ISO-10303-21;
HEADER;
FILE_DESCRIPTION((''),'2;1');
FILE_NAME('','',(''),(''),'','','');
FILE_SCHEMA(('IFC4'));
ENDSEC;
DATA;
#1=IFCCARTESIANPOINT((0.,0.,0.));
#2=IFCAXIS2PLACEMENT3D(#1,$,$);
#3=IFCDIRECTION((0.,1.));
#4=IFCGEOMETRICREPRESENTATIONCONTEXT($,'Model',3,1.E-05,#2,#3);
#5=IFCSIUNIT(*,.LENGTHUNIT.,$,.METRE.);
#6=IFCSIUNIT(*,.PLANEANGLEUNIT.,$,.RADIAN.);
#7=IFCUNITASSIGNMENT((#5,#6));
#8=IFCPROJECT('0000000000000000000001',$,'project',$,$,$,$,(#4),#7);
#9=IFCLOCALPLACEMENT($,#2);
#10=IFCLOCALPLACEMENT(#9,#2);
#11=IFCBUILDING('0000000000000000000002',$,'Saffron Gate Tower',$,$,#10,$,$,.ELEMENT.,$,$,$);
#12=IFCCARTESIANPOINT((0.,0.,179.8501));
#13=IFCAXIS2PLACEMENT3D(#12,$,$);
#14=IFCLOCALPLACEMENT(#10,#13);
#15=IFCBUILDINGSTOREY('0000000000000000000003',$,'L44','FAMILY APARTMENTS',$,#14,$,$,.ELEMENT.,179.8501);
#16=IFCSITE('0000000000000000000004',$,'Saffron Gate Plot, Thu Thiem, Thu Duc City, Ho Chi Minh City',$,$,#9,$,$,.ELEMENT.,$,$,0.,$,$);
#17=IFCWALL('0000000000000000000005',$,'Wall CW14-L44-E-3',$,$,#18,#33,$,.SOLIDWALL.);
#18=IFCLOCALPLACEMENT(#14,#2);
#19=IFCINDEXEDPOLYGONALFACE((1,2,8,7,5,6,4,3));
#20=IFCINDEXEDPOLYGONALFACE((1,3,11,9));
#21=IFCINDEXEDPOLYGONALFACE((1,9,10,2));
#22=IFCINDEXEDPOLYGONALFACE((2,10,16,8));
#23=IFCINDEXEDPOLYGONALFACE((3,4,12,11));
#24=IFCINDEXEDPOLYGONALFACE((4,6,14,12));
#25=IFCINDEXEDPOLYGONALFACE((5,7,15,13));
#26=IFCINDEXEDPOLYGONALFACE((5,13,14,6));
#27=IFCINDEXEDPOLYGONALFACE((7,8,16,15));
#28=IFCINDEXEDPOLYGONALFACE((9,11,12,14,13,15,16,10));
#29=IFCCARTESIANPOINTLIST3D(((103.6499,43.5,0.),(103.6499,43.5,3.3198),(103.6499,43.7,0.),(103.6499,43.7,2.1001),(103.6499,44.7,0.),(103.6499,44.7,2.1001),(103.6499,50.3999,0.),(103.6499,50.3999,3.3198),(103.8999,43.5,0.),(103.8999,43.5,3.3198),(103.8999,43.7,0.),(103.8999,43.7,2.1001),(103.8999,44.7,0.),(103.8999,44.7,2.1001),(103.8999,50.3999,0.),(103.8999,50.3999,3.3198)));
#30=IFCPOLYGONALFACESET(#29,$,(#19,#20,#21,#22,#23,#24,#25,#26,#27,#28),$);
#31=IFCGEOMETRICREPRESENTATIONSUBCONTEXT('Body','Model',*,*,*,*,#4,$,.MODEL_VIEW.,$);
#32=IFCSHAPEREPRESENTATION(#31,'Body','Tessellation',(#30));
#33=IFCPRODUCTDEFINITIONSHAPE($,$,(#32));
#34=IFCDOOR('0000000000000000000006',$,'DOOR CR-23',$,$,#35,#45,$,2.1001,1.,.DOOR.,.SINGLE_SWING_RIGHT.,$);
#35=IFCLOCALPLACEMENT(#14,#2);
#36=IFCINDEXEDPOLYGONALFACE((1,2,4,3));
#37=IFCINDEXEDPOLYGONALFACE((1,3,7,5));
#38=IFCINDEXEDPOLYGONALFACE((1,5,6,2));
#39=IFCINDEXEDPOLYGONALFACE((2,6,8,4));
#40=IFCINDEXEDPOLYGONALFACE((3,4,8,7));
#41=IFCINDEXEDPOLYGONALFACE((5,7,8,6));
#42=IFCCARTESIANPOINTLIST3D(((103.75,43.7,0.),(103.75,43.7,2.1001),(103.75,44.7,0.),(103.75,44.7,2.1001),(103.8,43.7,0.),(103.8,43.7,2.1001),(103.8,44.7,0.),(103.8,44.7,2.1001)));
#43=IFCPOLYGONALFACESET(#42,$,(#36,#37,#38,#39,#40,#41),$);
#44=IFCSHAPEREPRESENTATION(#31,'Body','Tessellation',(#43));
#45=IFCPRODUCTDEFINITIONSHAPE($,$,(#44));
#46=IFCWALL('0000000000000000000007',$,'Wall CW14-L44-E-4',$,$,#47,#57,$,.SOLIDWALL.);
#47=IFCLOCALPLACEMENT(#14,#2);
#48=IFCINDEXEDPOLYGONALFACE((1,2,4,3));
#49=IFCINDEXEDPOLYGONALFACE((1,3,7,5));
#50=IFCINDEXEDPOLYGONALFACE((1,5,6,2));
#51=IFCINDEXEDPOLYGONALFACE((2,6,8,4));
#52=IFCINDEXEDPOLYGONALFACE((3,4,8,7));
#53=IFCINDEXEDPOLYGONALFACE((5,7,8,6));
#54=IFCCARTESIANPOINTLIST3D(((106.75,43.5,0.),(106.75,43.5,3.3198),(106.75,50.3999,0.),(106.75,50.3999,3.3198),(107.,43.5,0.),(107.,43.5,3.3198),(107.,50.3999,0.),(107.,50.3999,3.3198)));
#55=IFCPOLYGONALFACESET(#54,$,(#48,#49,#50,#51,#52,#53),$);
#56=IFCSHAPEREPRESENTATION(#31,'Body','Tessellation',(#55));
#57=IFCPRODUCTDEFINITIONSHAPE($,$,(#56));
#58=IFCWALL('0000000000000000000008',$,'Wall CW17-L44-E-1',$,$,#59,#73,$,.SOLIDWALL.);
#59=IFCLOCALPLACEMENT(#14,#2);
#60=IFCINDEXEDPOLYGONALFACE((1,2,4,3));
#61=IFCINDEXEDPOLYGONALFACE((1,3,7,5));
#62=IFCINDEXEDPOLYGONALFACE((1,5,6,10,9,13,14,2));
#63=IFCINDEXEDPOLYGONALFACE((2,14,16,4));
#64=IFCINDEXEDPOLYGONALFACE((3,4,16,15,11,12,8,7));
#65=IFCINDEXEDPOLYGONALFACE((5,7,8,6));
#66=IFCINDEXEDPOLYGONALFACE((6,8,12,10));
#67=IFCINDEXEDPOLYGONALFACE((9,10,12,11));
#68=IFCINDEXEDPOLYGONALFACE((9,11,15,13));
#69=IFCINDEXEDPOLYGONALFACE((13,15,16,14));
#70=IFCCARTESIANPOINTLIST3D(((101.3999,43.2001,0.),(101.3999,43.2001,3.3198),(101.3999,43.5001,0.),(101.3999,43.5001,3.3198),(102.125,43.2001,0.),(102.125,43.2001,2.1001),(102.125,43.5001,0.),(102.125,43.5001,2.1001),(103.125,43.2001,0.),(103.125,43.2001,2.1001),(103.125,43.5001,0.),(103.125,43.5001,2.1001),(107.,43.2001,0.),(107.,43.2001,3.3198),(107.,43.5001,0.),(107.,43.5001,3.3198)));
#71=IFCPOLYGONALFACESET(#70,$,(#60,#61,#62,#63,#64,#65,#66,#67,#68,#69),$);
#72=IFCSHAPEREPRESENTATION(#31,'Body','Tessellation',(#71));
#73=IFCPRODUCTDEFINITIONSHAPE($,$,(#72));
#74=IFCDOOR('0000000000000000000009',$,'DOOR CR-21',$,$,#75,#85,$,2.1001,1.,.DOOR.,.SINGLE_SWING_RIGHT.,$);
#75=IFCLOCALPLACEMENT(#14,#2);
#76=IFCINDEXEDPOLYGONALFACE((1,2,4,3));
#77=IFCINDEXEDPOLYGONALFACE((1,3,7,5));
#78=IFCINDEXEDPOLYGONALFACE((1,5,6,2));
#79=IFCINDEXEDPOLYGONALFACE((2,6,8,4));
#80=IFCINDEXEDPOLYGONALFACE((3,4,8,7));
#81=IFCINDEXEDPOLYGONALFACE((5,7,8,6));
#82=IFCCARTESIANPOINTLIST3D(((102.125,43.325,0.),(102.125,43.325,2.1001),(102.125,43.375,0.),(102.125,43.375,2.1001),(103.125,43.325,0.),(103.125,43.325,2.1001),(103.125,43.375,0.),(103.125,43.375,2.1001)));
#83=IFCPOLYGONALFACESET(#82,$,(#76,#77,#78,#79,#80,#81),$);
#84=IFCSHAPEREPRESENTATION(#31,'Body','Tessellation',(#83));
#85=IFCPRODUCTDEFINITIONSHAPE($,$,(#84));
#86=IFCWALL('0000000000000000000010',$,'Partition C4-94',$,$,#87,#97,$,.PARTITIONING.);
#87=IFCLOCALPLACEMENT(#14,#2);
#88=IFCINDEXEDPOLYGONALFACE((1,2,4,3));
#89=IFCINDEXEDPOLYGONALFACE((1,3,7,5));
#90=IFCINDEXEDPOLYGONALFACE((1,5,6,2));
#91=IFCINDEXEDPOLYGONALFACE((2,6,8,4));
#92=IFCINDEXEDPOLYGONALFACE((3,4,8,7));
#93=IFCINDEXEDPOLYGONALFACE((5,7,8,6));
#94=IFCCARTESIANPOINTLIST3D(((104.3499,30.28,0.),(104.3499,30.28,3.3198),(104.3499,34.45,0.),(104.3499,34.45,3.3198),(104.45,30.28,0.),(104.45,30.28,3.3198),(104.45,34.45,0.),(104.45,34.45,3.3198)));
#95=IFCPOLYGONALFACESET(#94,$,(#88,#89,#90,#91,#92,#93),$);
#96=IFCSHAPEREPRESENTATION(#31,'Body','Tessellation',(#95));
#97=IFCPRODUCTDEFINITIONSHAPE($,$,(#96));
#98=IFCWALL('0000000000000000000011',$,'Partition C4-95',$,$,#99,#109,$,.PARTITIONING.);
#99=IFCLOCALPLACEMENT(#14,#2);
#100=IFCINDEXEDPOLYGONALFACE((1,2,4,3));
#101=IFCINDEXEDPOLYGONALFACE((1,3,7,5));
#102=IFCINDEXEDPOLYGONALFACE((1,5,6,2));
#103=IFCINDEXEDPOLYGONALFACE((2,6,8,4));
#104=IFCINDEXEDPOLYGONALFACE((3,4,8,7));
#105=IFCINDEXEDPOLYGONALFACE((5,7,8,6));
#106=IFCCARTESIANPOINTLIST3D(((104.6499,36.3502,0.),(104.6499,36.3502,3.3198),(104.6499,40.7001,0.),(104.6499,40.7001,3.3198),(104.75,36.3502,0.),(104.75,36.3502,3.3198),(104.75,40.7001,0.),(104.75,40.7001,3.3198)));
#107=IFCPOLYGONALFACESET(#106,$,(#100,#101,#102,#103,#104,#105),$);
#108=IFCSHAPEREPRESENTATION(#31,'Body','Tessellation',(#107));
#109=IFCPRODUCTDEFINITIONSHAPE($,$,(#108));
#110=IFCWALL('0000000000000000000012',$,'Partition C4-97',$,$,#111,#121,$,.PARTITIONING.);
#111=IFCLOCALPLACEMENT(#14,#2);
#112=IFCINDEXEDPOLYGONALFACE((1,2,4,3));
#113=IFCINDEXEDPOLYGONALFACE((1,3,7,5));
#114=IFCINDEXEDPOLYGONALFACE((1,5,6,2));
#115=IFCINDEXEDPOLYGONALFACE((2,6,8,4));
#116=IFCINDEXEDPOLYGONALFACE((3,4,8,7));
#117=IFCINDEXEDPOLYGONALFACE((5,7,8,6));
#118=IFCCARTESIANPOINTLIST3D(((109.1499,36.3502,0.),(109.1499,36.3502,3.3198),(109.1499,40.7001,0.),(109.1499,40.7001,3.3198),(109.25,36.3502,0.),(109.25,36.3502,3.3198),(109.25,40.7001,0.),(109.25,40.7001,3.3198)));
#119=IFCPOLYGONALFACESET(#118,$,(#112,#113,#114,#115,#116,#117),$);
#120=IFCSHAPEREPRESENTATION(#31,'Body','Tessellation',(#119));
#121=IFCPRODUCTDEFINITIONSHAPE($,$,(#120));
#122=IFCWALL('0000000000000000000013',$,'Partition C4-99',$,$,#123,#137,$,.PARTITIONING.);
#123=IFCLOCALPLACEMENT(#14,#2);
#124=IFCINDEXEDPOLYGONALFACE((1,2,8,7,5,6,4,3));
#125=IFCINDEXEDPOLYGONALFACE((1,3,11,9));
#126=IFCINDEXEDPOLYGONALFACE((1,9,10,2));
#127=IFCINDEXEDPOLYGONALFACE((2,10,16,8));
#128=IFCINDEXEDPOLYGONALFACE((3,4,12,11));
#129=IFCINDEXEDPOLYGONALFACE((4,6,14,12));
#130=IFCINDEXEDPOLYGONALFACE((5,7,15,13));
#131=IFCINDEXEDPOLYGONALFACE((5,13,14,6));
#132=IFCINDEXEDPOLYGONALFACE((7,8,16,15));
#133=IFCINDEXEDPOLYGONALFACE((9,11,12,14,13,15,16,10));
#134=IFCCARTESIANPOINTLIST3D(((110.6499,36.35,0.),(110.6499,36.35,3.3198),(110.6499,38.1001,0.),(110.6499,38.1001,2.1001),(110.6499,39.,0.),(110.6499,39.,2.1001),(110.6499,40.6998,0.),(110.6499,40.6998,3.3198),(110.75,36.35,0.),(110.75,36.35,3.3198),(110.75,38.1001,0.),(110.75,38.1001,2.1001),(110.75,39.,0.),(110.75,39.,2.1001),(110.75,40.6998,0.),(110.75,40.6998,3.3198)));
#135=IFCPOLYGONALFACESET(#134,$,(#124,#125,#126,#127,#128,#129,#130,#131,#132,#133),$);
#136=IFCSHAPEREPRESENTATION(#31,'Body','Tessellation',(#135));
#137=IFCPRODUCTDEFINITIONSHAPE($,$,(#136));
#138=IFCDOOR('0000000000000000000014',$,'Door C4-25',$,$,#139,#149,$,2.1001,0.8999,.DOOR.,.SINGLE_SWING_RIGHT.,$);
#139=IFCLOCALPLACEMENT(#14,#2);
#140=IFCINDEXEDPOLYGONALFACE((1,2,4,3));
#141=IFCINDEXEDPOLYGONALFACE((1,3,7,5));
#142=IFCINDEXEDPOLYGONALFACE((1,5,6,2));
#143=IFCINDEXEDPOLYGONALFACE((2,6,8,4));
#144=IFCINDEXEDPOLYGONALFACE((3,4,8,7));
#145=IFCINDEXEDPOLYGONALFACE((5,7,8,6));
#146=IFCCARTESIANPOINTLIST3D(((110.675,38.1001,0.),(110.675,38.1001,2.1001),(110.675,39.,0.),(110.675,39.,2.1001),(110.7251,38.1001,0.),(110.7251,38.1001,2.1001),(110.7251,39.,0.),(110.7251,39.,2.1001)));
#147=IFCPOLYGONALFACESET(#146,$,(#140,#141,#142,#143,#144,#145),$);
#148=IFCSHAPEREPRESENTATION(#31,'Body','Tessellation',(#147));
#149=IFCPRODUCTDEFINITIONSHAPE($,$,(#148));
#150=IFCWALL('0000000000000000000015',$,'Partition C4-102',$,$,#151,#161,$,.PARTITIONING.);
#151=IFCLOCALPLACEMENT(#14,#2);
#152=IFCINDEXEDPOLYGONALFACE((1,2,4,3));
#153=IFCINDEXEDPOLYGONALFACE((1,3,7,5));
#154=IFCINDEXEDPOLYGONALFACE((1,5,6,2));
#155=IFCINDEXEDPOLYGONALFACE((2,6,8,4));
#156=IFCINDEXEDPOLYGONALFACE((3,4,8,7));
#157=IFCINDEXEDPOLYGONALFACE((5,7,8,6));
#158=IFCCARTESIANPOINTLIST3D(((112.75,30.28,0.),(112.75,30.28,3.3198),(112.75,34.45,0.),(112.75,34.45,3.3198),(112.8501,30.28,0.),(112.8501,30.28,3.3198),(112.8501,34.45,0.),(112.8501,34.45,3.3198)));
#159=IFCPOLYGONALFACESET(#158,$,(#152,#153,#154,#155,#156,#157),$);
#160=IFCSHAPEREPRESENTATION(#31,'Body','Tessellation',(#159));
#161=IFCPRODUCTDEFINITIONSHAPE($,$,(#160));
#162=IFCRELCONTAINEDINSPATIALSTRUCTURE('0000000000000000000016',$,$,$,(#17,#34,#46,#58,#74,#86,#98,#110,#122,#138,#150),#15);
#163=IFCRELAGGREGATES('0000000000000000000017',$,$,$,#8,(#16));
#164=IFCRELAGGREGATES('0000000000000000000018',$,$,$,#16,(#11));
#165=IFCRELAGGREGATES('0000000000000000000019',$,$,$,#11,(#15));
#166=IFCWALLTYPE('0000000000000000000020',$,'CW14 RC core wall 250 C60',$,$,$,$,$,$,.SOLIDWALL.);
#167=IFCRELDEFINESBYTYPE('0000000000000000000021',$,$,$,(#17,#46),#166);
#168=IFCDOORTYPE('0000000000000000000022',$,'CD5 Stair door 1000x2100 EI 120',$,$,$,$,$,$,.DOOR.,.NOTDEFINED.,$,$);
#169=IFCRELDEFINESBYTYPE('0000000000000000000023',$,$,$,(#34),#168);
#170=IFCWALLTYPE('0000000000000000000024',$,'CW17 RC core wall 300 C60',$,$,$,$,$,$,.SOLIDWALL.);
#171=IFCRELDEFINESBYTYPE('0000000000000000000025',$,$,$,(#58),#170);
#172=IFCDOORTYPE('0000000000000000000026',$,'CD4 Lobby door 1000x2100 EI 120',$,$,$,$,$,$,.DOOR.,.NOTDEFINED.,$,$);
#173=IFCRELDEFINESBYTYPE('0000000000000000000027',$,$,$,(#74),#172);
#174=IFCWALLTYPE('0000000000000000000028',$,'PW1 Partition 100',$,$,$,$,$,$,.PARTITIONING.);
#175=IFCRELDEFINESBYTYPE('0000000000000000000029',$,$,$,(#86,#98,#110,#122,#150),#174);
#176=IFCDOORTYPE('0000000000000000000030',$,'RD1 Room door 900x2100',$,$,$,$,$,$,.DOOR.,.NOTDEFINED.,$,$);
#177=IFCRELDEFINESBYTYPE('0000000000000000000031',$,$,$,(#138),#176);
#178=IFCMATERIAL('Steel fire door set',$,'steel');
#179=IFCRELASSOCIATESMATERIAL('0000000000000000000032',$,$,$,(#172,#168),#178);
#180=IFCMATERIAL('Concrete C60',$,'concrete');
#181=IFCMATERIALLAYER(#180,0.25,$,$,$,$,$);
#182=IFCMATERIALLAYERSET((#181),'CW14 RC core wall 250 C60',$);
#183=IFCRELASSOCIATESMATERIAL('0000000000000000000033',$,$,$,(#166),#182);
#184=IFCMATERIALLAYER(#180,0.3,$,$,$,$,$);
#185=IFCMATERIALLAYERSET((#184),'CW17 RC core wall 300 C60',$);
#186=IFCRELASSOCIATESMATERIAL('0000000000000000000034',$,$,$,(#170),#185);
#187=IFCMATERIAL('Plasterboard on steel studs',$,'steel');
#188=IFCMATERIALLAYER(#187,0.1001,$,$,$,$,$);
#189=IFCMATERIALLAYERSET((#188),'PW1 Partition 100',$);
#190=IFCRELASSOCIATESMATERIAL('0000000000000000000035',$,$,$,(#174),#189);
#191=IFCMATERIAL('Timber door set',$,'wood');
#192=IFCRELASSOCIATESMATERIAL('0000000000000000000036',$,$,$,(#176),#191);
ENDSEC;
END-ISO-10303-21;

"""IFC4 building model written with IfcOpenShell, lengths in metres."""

from ifc_helpers import new_model, si_unit, direction, frame, frame_2d, origin, place, context, subcontext, project, spatial, rectangle, extrude, material, layer, layer_set, type_object, element, fill, save


model = new_model("IFC4")

# Units and contexts
model_context = context("Model", 3, precision=1e-05, world=origin(), true_north=direction((0.0, 1.0)))
body_context = subcontext(model_context, "Body", "Model", "MODEL_VIEW")
ifc_project = project(units=[si_unit("LENGTHUNIT", "METRE"), si_unit("PLANEANGLEUNIT", "RADIAN")], contexts=[model_context])

# Site, building, storey
site_placement = place(None, origin())
site = spatial("IfcSite", under=ifc_project, at=site_placement, Name="Saffron Gate Plot, Thu Thiem, Thu Duc City, Ho Chi Minh City", CompositionType="ELEMENT", RefElevation=0.0)
building_placement = place(site_placement, origin())
building = spatial("IfcBuilding", under=site, at=building_placement, Name="Saffron Gate Tower", CompositionType="ELEMENT")
storey_placement = place(building_placement, frame((0.0, 0.0, 179.8501)))
storey = spatial("IfcBuildingStorey", under=building, at=storey_placement, Name="L44", Description="FAMILY APARTMENTS", CompositionType="ELEMENT", Elevation=179.8501)

# Wall, opening, door
ifc_material_1 = material(Name="Steel fire door set", Category="steel")
door_type_1 = type_object("IfcDoorType", Name="CD4 Lobby door 1000x2100 EI 120", OperationType="NOTDEFINED", PredefinedType="DOOR", material=ifc_material_1)
ifc_material_2 = material(Name="Concrete C60", Category="concrete")
ifc_layer_1 = layer(ifc_material_2, 0.25)
ifc_layer_set_1 = layer_set([ifc_layer_1], Name="CW14 RC core wall 250 C60")
wall_type_1 = type_object("IfcWallType", Name="CW14 RC core wall 250 C60", PredefinedType="SOLIDWALL", material=ifc_layer_set_1)
wall_1_placement = place(storey_placement, frame((103.7749, 43.5, 0.0), z_axis=(0.0, 0.0, 1.0), x_axis=(0.0, 1.0, 0.0)))
wall_1 = element("IfcWall", 1, at=wall_1_placement, inside=storey, type_object=wall_type_1, Name="Wall CW14-L44-E-3", PredefinedType="SOLIDWALL", context=body_context, shape_type="SweptSolid", body=[
    extrude(rectangle(XDim=6.8999, YDim=0.25, at=frame_2d((3.45, 0.0))), origin(), (0.0, 0.0, 1.0), 3.3198),
])
opening_1_placement = place(wall_1_placement, frame((0.2, 0.0, 0.0)))
opening_1 = element("IfcOpeningElement", 2, at=opening_1_placement, cuts=wall_1, PredefinedType="OPENING", context=body_context, shape_type="SweptSolid", body=[
    extrude(rectangle(XDim=1.0, YDim=2.1001, at=frame_2d((0.5, 1.05))), frame((0.0, 0.135, 0.0), z_axis=(0.0, -1.0, 0.0), x_axis=(1.0, 0.0, 0.0)), (0.0, 0.0, 1.0), 0.27),
])
door_type_2 = type_object("IfcDoorType", Name="CD5 Stair door 1000x2100 EI 120", OperationType="NOTDEFINED", PredefinedType="DOOR", material=ifc_material_1)
door_1_placement = place(opening_1_placement, origin())
door_1 = element("IfcDoor", 3, at=door_1_placement, inside=storey, type_object=door_type_2, Name="DOOR CR-23", OperationType="SINGLE_SWING_RIGHT", OverallHeight=2.1001, OverallWidth=1.0, PredefinedType="DOOR", context=body_context, shape_type="SweptSolid", body=[
    extrude(rectangle(XDim=1.0, YDim=2.1001, at=frame_2d((0.5, 1.05))), frame((0.0, 0.0249, 0.0), z_axis=(0.0, -1.0, 0.0), x_axis=(1.0, 0.0, 0.0)), (0.0, 0.0, 1.0), 0.05),
])
fill(opening_1, door_1)

# Wall
wall_2_placement = place(storey_placement, frame((106.875, 43.5, 0.0), z_axis=(0.0, 0.0, 1.0), x_axis=(0.0, 1.0, 0.0)))
element("IfcWall", 4, at=wall_2_placement, inside=storey, type_object=wall_type_1, Name="Wall CW14-L44-E-4", PredefinedType="SOLIDWALL", context=body_context, shape_type="SweptSolid", body=[
    extrude(rectangle(XDim=6.8999, YDim=0.25, at=frame_2d((3.45, 0.0))), origin(), (0.0, 0.0, 1.0), 3.3198),
])

# Wall, opening, door
ifc_layer_2 = layer(ifc_material_2, 0.3)
ifc_layer_set_2 = layer_set([ifc_layer_2], Name="CW17 RC core wall 300 C60")
wall_type_2 = type_object("IfcWallType", Name="CW17 RC core wall 300 C60", PredefinedType="SOLIDWALL", material=ifc_layer_set_2)
wall_3_placement = place(storey_placement, frame((101.3999, 43.3501, 0.0), z_axis=(0.0, 0.0, 1.0), x_axis=(1.0, 0.0, 0.0)))
wall_3 = element("IfcWall", 5, at=wall_3_placement, inside=storey, type_object=wall_type_2, Name="Wall CW17-L44-E-1", PredefinedType="SOLIDWALL", context=body_context, shape_type="SweptSolid", body=[
    extrude(rectangle(XDim=5.6001, YDim=0.3, at=frame_2d((2.8, 0.0))), origin(), (0.0, 0.0, 1.0), 3.3198),
])
opening_2_placement = place(wall_3_placement, frame((0.7251, 0.0, 0.0)))
opening_2 = element("IfcOpeningElement", 6, at=opening_2_placement, cuts=wall_3, PredefinedType="OPENING", context=body_context, shape_type="SweptSolid", body=[
    extrude(rectangle(XDim=1.0, YDim=2.1001, at=frame_2d((0.5, 1.05))), frame((0.0, 0.1602, 0.0), z_axis=(0.0, -1.0, 0.0), x_axis=(1.0, 0.0, 0.0)), (0.0, 0.0, 1.0), 0.3201),
])
door_2_placement = place(opening_2_placement, origin())
door_2 = element("IfcDoor", 7, at=door_2_placement, inside=storey, type_object=door_type_1, Name="DOOR CR-21", OperationType="SINGLE_SWING_RIGHT", OverallHeight=2.1001, OverallWidth=1.0, PredefinedType="DOOR", context=body_context, shape_type="SweptSolid", body=[
    extrude(rectangle(XDim=1.0, YDim=2.1001, at=frame_2d((0.5, 1.05))), frame((0.0, 0.0249, 0.0), z_axis=(0.0, -1.0, 0.0), x_axis=(1.0, 0.0, 0.0)), (0.0, 0.0, 1.0), 0.05),
])
fill(opening_2, door_2)

# Walls
ifc_material_3 = material(Name="Plasterboard on steel studs", Category="steel")
ifc_layer_3 = layer(ifc_material_3, 0.1001)
ifc_layer_set_3 = layer_set([ifc_layer_3], Name="PW1 Partition 100")
wall_type_3 = type_object("IfcWallType", Name="PW1 Partition 100", PredefinedType="PARTITIONING", material=ifc_layer_set_3)
wall_4_placement = place(storey_placement, frame((104.3999, 34.45, 0.0), z_axis=(0.0, 0.0, 1.0), x_axis=(0.0, -1.0, 0.0)))
element("IfcWall", 8, at=wall_4_placement, inside=storey, type_object=wall_type_3, Name="Partition C4-94", PredefinedType="PARTITIONING", context=body_context, shape_type="SweptSolid", body=[
    extrude(rectangle(XDim=4.1699, YDim=0.1001, at=frame_2d((2.085, 0.0))), origin(), (0.0, 0.0, 1.0), 3.3198),
])
for number, where, z_axis, x_axis, name in (
    (9, (104.7, 40.7, 0.0), (0.0, 0.0, 1.0), (0.0, -1.0, 0.0), "Partition C4-95"),
    (10, (109.2, 40.7, 0.0), (0.0, 0.0, 1.0), (0.0, -1.0, 0.0), "Partition C4-97"),
):
    element("IfcWall", number, at=place(storey_placement, frame(where, z_axis=z_axis, x_axis=x_axis)), inside=storey, type_object=wall_type_3, Name=name, PredefinedType="PARTITIONING", context=body_context, shape_type="SweptSolid", body=[
        extrude(rectangle(XDim=4.3499, YDim=0.1001, at=frame_2d((2.1748, 0.0))), origin(), (0.0, 0.0, 1.0), 3.3198),
    ])

# Wall, opening, door
wall_5_placement = place(storey_placement, frame((110.7, 36.3501, 0.0), z_axis=(0.0, 0.0, 1.0), x_axis=(0.0, 1.0, 0.0)))
wall_5 = element("IfcWall", 11, at=wall_5_placement, inside=storey, type_object=wall_type_3, Name="Partition C4-99", PredefinedType="PARTITIONING", context=body_context, shape_type="SweptSolid", body=[
    extrude(rectangle(XDim=4.3499, YDim=0.1001, at=frame_2d((2.1748, 0.0))), origin(), (0.0, 0.0, 1.0), 3.3198),
])
opening_3_placement = place(wall_5_placement, frame((1.75, 0.0, 0.0)))
opening_3 = element("IfcOpeningElement", 12, at=opening_3_placement, cuts=wall_5, PredefinedType="OPENING", context=body_context, shape_type="SweptSolid", body=[
    extrude(rectangle(XDim=0.8999, YDim=2.1001, at=frame_2d((0.45, 1.05))), frame((0.0, 0.0601, 0.0), z_axis=(0.0, -1.0, 0.0), x_axis=(1.0, 0.0, 0.0)), (0.0, 0.0, 1.0), 0.1201),
])
ifc_material_4 = material(Name="Timber door set", Category="wood")
door_type_3 = type_object("IfcDoorType", Name="RD1 Room door 900x2100", OperationType="NOTDEFINED", PredefinedType="DOOR", material=ifc_material_4)
door_3_placement = place(opening_3_placement, origin())
door_3 = element("IfcDoor", 13, at=door_3_placement, inside=storey, type_object=door_type_3, Name="Door C4-25", OperationType="SINGLE_SWING_RIGHT", OverallHeight=2.1001, OverallWidth=0.8999, PredefinedType="DOOR", context=body_context, shape_type="SweptSolid", body=[
    extrude(rectangle(XDim=0.8999, YDim=2.1001, at=frame_2d((0.45, 1.05))), frame((0.0, 0.0249, 0.0), z_axis=(0.0, -1.0, 0.0), x_axis=(1.0, 0.0, 0.0)), (0.0, 0.0, 1.0), 0.05),
])
fill(opening_3, door_3)

# Wall
wall_6_placement = place(storey_placement, frame((112.8, 34.45, 0.0), z_axis=(0.0, 0.0, 1.0), x_axis=(0.0, -1.0, 0.0)))
element("IfcWall", 14, at=wall_6_placement, inside=storey, type_object=wall_type_3, Name="Partition C4-102", PredefinedType="PARTITIONING", context=body_context, shape_type="SweptSolid", body=[
    extrude(rectangle(XDim=4.1699, YDim=0.1001, at=frame_2d((2.085, 0.0))), origin(), (0.0, 0.0, 1.0), 3.3198),
])

save(model, "model.ifc")
